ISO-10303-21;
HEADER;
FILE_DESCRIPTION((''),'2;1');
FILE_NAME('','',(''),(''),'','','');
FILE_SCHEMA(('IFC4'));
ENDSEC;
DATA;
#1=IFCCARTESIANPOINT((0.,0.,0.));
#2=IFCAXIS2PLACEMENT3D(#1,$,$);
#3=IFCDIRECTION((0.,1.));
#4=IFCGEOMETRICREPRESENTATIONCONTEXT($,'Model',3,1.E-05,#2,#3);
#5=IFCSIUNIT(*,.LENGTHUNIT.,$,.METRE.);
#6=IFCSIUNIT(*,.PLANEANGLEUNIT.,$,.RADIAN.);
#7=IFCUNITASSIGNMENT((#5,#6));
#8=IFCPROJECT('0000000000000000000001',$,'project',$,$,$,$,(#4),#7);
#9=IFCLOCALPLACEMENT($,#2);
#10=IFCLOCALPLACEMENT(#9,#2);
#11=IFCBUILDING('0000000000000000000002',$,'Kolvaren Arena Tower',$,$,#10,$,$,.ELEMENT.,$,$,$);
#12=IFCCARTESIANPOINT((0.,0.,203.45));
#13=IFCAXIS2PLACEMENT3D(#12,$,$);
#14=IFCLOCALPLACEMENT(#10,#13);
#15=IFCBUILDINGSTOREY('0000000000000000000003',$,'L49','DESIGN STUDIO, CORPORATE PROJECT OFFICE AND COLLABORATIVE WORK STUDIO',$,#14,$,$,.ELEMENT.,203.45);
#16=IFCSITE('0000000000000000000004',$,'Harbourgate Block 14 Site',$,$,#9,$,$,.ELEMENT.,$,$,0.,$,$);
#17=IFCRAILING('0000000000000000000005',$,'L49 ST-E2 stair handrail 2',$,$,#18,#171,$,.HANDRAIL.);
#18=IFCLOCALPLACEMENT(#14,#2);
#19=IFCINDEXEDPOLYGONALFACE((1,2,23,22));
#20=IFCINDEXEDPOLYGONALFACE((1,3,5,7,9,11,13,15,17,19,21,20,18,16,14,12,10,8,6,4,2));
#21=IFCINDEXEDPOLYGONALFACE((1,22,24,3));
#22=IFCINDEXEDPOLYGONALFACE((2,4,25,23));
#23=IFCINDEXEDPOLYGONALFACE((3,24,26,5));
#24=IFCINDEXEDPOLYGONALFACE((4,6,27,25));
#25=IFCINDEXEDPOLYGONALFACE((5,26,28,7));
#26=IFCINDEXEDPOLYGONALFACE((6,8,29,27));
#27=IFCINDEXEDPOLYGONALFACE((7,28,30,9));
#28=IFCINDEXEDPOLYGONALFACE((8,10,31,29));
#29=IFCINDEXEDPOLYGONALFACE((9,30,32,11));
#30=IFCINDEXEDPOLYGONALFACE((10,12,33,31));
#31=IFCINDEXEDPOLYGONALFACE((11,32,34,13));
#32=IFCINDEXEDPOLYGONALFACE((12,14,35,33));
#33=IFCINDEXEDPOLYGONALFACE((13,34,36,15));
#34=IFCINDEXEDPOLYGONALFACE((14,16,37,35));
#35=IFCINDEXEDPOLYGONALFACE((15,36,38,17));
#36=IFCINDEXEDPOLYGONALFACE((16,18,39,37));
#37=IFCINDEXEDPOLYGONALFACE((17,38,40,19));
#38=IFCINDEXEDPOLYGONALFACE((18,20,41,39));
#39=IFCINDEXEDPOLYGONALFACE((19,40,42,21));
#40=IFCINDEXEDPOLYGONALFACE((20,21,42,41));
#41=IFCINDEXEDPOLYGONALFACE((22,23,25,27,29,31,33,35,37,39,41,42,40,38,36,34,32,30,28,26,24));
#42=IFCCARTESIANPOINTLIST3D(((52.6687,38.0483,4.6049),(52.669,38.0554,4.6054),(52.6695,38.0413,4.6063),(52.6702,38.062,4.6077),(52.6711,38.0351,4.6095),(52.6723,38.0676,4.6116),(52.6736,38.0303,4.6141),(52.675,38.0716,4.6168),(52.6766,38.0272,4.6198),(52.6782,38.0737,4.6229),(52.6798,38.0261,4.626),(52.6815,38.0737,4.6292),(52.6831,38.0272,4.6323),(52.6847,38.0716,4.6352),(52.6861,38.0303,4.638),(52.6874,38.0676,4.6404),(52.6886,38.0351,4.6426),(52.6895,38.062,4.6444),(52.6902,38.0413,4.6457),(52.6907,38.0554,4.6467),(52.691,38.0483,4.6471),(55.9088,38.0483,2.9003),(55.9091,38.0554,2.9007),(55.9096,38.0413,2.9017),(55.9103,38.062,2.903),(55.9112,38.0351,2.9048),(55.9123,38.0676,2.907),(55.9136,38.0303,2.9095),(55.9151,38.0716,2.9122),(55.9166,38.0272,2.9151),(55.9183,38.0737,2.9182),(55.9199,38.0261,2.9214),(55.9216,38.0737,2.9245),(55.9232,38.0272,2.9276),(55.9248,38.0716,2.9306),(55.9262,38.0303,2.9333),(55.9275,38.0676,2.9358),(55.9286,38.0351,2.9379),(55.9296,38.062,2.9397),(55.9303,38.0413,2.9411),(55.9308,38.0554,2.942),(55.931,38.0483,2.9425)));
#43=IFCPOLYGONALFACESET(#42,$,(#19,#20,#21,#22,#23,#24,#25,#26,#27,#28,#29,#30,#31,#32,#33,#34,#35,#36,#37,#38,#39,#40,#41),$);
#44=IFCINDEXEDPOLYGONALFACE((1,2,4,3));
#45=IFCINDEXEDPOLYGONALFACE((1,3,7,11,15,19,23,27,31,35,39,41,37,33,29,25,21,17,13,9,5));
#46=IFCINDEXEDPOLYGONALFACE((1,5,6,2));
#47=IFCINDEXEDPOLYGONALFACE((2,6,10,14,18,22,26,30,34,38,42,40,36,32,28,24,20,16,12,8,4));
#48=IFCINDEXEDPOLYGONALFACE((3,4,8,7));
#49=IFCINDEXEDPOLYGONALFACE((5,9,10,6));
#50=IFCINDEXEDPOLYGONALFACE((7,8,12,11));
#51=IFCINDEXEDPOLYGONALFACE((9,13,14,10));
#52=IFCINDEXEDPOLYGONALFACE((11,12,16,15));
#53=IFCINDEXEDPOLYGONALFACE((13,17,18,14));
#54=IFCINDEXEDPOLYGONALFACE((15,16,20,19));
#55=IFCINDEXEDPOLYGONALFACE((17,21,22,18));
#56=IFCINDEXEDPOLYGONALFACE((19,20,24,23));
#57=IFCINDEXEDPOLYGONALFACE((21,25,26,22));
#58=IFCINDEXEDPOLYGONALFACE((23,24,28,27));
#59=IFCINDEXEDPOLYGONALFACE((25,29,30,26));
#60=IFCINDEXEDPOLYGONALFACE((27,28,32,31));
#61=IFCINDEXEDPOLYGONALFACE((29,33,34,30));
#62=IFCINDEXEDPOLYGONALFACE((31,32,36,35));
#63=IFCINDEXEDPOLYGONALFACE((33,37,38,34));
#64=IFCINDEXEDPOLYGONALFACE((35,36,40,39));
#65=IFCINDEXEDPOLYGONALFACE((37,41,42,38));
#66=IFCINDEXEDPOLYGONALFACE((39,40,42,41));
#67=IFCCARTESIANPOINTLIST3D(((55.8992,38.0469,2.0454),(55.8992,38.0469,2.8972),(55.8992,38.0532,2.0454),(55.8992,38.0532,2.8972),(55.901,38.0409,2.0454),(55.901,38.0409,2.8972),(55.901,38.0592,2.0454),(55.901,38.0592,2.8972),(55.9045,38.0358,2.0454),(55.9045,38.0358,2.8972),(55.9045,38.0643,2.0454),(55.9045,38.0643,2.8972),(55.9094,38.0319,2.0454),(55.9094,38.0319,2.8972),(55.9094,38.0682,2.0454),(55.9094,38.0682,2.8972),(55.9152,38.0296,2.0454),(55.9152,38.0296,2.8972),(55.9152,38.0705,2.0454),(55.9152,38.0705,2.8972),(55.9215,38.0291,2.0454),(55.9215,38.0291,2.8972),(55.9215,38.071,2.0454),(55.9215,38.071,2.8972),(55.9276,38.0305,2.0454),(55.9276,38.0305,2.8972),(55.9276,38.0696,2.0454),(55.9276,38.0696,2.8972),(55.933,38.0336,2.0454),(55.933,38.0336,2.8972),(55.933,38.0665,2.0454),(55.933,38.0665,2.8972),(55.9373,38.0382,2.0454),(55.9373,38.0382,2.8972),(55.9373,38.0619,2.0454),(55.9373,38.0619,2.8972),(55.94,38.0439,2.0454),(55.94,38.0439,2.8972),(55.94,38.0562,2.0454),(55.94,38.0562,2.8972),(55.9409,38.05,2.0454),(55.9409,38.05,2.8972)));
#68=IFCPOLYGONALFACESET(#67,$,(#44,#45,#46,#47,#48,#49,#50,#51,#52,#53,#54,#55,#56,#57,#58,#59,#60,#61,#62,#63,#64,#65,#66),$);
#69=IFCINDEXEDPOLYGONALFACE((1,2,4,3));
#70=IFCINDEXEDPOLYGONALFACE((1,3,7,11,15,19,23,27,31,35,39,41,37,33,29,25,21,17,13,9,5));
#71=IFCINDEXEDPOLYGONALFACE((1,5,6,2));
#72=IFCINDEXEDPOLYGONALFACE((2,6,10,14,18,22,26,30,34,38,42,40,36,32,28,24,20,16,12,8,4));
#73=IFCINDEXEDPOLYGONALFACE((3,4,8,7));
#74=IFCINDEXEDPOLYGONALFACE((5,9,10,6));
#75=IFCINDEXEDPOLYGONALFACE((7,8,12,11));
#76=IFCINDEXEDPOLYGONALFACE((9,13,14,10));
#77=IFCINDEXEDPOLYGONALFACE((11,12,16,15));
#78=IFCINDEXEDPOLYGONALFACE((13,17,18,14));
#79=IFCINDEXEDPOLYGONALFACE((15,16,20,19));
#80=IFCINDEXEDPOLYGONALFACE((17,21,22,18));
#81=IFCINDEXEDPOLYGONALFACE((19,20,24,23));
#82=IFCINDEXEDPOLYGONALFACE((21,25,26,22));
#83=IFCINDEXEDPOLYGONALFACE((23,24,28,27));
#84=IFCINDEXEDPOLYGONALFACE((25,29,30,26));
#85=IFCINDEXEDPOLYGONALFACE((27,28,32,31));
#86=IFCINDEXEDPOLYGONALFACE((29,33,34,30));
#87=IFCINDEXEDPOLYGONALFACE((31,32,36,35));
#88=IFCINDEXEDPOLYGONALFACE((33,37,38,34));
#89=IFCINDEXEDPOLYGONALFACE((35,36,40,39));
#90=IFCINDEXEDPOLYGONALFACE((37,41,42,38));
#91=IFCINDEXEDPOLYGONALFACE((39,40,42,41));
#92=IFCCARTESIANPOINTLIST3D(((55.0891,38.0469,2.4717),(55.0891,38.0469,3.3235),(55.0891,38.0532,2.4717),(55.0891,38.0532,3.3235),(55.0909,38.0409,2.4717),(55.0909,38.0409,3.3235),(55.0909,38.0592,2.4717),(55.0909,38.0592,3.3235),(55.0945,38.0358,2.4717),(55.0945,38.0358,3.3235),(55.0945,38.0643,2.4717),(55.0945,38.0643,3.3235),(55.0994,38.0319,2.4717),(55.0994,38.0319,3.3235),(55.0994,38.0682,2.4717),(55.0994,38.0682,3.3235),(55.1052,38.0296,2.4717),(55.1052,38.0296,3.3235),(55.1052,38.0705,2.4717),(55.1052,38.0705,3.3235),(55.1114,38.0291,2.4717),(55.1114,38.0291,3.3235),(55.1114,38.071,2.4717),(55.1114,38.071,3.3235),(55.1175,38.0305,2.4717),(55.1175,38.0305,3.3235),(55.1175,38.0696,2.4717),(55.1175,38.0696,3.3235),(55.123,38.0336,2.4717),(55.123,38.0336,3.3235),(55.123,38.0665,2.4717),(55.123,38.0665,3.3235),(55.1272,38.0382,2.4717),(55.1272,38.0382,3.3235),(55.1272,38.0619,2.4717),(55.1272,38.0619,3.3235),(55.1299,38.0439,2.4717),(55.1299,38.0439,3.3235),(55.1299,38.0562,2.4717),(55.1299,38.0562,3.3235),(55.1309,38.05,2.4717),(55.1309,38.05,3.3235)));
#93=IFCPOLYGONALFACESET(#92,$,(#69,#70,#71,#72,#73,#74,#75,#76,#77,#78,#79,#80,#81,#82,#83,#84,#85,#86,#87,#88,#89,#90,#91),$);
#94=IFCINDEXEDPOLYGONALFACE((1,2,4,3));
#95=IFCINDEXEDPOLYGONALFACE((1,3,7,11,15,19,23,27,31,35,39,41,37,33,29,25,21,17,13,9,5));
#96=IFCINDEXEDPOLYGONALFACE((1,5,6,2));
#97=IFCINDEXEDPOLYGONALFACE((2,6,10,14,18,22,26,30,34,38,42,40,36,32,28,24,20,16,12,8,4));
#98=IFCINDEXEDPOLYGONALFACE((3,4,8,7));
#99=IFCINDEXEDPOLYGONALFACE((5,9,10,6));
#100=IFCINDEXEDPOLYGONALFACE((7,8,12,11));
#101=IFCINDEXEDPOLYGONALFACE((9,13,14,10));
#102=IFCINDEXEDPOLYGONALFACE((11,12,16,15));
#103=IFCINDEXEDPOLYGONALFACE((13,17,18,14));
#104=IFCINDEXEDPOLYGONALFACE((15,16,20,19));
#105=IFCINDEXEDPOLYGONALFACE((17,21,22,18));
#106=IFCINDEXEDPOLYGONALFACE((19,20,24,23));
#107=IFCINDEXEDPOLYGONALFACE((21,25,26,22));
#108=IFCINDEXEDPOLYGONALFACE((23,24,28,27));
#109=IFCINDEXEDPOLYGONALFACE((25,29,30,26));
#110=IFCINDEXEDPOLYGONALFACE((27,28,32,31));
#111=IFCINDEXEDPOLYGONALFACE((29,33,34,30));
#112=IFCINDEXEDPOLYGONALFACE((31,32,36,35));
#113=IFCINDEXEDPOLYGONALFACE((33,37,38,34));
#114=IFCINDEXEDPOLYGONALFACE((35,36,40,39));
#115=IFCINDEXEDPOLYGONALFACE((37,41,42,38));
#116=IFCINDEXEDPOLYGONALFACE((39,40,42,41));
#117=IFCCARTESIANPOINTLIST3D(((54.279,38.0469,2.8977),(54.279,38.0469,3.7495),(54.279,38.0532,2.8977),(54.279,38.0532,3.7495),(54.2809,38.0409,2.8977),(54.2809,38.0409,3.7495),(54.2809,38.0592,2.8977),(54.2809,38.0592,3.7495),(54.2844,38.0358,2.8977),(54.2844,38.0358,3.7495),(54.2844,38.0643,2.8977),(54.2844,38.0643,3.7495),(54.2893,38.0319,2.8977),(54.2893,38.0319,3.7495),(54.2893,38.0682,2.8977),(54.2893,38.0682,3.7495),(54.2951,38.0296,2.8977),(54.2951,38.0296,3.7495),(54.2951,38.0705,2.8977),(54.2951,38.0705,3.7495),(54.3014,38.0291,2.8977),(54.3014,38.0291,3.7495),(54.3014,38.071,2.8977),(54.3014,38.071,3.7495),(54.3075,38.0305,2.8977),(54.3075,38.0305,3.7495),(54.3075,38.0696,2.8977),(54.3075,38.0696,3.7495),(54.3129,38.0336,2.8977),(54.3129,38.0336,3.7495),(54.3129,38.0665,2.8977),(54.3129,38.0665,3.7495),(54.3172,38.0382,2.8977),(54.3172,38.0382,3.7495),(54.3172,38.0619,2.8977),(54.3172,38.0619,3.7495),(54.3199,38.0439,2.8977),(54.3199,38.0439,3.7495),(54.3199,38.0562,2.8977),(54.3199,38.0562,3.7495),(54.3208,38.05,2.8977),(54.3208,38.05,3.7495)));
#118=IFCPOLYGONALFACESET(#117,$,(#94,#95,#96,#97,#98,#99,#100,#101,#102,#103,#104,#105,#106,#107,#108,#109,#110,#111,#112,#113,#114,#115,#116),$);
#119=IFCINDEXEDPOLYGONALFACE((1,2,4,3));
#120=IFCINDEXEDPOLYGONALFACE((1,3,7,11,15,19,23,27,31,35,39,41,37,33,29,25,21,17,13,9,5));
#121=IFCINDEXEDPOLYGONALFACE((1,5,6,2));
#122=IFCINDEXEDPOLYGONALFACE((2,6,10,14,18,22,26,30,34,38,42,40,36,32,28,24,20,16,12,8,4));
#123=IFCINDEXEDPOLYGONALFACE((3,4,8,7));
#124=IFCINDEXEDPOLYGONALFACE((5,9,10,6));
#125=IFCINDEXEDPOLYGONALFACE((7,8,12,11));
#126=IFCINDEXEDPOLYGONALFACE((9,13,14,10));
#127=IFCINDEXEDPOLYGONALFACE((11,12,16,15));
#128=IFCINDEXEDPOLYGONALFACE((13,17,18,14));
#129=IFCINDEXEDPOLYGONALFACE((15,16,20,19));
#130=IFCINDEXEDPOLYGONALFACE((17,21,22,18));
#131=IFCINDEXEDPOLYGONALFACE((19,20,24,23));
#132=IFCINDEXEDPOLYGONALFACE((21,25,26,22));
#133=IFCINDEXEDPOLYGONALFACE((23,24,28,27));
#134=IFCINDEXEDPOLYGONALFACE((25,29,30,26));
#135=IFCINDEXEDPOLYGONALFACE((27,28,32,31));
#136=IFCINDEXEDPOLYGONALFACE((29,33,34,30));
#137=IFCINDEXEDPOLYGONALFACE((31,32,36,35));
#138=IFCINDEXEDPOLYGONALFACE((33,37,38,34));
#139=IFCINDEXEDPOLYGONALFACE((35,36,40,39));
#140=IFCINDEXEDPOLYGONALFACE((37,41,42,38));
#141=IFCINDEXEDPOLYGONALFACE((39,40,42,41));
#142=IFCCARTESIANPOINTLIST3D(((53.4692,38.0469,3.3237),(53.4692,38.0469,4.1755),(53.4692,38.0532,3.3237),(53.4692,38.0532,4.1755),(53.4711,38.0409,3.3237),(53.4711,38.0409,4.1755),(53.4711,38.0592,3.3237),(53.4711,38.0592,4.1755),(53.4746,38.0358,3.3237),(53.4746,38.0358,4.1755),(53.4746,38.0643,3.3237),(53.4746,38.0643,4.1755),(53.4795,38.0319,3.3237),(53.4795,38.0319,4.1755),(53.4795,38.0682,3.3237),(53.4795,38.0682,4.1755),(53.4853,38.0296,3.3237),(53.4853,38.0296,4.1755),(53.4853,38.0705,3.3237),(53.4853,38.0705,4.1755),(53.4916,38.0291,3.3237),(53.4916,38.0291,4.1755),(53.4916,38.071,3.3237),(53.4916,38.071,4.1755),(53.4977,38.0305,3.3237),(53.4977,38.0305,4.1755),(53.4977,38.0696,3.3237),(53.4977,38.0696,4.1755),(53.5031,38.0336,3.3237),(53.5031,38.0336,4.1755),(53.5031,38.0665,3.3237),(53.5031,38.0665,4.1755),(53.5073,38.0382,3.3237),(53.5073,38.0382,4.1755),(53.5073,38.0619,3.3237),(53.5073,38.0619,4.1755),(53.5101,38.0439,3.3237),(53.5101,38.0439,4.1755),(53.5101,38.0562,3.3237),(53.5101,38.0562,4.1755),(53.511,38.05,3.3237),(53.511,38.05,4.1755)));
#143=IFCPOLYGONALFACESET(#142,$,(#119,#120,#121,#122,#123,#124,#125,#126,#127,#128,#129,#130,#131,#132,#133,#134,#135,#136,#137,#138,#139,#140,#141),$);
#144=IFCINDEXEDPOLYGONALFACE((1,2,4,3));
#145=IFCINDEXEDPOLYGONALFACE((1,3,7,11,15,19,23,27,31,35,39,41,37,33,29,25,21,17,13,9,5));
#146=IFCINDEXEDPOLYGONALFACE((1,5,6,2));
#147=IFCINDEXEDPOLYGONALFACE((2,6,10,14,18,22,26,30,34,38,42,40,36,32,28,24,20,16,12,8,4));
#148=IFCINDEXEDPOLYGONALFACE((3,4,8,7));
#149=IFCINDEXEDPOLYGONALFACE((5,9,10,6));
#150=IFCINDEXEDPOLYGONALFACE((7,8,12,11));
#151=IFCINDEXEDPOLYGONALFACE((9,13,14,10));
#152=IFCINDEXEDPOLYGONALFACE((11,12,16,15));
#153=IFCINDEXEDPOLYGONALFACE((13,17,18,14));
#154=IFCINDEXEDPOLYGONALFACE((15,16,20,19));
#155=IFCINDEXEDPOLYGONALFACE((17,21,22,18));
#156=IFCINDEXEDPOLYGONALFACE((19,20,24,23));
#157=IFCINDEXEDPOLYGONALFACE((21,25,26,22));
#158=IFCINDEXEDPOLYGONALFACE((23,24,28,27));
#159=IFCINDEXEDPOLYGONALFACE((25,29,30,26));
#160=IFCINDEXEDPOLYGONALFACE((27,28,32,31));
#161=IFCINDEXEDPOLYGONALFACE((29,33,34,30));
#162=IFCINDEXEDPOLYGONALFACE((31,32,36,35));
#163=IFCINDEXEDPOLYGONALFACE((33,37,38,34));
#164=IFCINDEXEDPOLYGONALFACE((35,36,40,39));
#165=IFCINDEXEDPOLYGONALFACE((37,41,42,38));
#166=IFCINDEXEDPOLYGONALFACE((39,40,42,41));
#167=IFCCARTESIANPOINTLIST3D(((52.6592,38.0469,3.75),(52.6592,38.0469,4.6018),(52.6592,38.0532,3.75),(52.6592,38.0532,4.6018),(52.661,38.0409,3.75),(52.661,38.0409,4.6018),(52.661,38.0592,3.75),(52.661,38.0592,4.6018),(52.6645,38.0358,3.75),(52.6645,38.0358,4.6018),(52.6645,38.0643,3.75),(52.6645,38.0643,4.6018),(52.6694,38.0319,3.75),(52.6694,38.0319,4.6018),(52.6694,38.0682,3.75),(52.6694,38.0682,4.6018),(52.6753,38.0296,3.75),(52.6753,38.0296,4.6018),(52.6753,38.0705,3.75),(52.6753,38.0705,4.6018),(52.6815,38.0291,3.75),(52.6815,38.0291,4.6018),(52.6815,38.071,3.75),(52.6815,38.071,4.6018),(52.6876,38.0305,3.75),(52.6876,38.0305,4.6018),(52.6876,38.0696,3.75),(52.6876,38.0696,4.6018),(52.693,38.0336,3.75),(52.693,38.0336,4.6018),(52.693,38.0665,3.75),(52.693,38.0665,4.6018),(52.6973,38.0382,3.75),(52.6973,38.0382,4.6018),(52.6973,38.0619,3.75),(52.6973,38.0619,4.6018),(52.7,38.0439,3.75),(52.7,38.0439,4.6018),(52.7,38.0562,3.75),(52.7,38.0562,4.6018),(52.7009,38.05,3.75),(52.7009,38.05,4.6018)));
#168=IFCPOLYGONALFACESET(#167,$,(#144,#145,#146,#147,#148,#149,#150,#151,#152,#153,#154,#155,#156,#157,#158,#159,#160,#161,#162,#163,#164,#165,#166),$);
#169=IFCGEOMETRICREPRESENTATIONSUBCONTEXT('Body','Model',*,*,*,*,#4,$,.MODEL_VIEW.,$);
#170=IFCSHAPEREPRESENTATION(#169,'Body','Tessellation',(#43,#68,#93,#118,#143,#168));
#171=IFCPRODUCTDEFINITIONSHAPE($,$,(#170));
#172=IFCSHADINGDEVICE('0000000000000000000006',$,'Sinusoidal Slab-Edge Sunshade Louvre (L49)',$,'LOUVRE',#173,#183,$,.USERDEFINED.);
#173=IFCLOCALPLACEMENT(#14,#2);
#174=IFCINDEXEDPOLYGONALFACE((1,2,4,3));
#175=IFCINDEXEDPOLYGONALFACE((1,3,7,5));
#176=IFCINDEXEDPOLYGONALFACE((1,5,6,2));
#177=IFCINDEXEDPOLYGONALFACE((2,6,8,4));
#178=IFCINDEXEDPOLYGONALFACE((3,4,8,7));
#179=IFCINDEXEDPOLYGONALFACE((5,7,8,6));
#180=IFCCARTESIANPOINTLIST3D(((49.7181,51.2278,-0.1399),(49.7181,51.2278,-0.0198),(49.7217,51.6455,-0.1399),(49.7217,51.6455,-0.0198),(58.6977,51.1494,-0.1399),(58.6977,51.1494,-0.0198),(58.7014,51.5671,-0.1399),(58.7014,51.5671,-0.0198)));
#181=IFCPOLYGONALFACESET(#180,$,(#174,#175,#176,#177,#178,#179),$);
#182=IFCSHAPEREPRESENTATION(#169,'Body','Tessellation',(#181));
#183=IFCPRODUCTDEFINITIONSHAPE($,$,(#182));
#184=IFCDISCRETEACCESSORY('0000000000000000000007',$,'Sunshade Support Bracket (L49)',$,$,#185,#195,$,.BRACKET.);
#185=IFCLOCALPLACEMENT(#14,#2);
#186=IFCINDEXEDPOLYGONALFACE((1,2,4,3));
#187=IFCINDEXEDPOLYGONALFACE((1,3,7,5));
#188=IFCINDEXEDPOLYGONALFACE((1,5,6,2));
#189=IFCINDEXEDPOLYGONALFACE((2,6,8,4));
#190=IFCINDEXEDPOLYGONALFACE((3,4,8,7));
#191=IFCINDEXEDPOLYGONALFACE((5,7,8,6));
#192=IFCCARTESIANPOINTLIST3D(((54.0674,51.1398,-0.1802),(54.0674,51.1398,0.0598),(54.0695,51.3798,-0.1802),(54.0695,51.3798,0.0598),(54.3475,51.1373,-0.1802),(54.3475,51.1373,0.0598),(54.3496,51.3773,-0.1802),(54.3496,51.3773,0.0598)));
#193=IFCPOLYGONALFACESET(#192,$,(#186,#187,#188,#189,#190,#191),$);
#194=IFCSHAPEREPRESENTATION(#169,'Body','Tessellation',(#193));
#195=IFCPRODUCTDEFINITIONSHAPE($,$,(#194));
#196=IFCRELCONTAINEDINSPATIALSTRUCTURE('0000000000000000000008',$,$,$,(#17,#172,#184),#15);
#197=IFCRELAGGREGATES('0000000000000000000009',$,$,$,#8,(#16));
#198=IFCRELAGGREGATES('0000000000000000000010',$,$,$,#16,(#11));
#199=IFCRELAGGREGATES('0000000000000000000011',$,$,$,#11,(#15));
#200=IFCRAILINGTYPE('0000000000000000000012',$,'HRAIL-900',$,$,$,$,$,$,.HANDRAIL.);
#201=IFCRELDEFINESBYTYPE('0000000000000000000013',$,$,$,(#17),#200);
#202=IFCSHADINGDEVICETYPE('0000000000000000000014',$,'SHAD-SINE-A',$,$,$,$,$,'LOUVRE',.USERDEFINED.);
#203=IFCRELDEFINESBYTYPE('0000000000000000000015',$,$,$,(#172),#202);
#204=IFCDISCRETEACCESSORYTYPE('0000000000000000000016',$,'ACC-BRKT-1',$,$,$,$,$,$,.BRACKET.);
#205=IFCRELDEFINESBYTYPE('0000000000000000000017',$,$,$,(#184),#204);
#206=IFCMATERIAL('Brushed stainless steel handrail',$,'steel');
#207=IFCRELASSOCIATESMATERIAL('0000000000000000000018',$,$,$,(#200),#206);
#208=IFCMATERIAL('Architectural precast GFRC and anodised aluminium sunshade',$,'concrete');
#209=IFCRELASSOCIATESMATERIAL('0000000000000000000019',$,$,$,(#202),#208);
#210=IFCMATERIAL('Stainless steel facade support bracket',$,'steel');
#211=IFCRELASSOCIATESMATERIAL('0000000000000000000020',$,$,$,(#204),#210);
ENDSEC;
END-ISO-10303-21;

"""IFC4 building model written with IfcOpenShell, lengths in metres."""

from ifc_helpers import new_model, si_unit, direction, frame, origin, origin_2d, place, context, subcontext, project, spatial, rectangle, circle, extrude, material, type_object, element, save


model = new_model("IFC4")

# Units and contexts
model_context = context("Model", 3, precision=1e-05, world=origin(), true_north=direction((0.0, 1.0)))
body_context = subcontext(model_context, "Body", "Model", "MODEL_VIEW")
ifc_project = project(units=[si_unit("LENGTHUNIT", "METRE"), si_unit("PLANEANGLEUNIT", "RADIAN")], contexts=[model_context])

# Site, building, storey
site_placement = place(None, origin())
site = spatial("IfcSite", under=ifc_project, at=site_placement, Name="Harbourgate Block 14 Site", CompositionType="ELEMENT", RefElevation=0.0)
building_placement = place(site_placement, origin())
building = spatial("IfcBuilding", under=site, at=building_placement, Name="Kolvaren Arena Tower", CompositionType="ELEMENT")
storey_placement = place(building_placement, frame((0.0, 0.0, 203.45)))
storey = spatial("IfcBuildingStorey", under=building, at=storey_placement, Name="L49", Description="DESIGN STUDIO, CORPORATE PROJECT OFFICE AND COLLABORATIVE WORK STUDIO", CompositionType="ELEMENT", Elevation=203.45)

# Railing
ifc_material_1 = material(Name="Brushed stainless steel handrail", Category="steel")
railing_type = type_object("IfcRailingType", Name="HRAIL-900", PredefinedType="HANDRAIL", material=ifc_material_1)
railing_placement = place(storey_placement, frame((55.9199, 38.05, 2.0454)))
element("IfcRailing", 1, at=railing_placement, inside=storey, type_object=railing_type, Name="L49 ST-E2 stair handrail 2", PredefinedType="HANDRAIL", context=body_context, shape_type="SweptSolid", body=[
    extrude(circle(Radius=0.0239, at=origin_2d()), frame((0.0, 0.0, 0.876), z_axis=(-0.884993, 0.0, 0.465604), x_axis=(0.0, -1.0, 0.0)), (0.0, 0.0, 1.0), 3.6611),
    extrude(circle(Radius=0.021, at=origin_2d()), origin(), (0.0, 0.0, 1.0), 0.8518),
    extrude(circle(Radius=0.021, at=origin_2d()), frame((-0.8101, 0.0, 0.4263)), (0.0, 0.0, 1.0), 0.8518),
    extrude(circle(Radius=0.021, at=origin_2d()), frame((-1.6201, 0.0, 0.8523)), (0.0, 0.0, 1.0), 0.8518),
    extrude(circle(Radius=0.021, at=origin_2d()), frame((-2.4299, 0.0, 1.2783)), (0.0, 0.0, 1.0), 0.8518),
    extrude(circle(Radius=0.021, at=origin_2d()), frame((-3.24, 0.0, 1.7046)), (0.0, 0.0, 1.0), 0.8518),
])

# Shading device
ifc_material_2 = material(Name="Architectural precast GFRC and anodised aluminium sunshade", Category="concrete")
shading_device_type = type_object("IfcShadingDeviceType", Name="SHAD-SINE-A", ElementType="LOUVRE", PredefinedType="USERDEFINED", material=ifc_material_2)
shading_device_placement = place(storey_placement, frame((54.2097, 51.3975, -0.1399), z_axis=(0.0, 0.0, 1.0), x_axis=(0.999962, -0.008727, 0.0)))
element("IfcShadingDevice", 2, at=shading_device_placement, inside=storey, type_object=shading_device_type, Name="Sinusoidal Slab-Edge Sunshade Louvre (L49)", ObjectType="LOUVRE", PredefinedType="USERDEFINED", context=body_context, shape_type="SweptSolid", body=[
    extrude(rectangle(XDim=8.98, YDim=0.4177, at=origin_2d()), origin(), (0.0, 0.0, 1.0), 0.1201),
])

# Discrete accessory
ifc_material_3 = material(Name="Stainless steel facade support bracket", Category="steel")
discrete_accessory_type = type_object("IfcDiscreteAccessoryType", Name="ACC-BRKT-1", PredefinedType="BRACKET", material=ifc_material_3)
discrete_accessory_placement = place(storey_placement, frame((54.2085, 51.2585, -0.1802), z_axis=(0.0, 0.0, 1.0), x_axis=(0.999962, -0.008727, 0.0)))
element("IfcDiscreteAccessory", 3, at=discrete_accessory_placement, inside=storey, type_object=discrete_accessory_type, Name="Sunshade Support Bracket (L49)", PredefinedType="BRACKET", context=body_context, shape_type="SweptSolid", body=[
    extrude(rectangle(XDim=0.28, YDim=0.24, at=origin_2d()), origin(), (0.0, 0.0, 1.0), 0.24),
])

save(model, "model.ifc")
